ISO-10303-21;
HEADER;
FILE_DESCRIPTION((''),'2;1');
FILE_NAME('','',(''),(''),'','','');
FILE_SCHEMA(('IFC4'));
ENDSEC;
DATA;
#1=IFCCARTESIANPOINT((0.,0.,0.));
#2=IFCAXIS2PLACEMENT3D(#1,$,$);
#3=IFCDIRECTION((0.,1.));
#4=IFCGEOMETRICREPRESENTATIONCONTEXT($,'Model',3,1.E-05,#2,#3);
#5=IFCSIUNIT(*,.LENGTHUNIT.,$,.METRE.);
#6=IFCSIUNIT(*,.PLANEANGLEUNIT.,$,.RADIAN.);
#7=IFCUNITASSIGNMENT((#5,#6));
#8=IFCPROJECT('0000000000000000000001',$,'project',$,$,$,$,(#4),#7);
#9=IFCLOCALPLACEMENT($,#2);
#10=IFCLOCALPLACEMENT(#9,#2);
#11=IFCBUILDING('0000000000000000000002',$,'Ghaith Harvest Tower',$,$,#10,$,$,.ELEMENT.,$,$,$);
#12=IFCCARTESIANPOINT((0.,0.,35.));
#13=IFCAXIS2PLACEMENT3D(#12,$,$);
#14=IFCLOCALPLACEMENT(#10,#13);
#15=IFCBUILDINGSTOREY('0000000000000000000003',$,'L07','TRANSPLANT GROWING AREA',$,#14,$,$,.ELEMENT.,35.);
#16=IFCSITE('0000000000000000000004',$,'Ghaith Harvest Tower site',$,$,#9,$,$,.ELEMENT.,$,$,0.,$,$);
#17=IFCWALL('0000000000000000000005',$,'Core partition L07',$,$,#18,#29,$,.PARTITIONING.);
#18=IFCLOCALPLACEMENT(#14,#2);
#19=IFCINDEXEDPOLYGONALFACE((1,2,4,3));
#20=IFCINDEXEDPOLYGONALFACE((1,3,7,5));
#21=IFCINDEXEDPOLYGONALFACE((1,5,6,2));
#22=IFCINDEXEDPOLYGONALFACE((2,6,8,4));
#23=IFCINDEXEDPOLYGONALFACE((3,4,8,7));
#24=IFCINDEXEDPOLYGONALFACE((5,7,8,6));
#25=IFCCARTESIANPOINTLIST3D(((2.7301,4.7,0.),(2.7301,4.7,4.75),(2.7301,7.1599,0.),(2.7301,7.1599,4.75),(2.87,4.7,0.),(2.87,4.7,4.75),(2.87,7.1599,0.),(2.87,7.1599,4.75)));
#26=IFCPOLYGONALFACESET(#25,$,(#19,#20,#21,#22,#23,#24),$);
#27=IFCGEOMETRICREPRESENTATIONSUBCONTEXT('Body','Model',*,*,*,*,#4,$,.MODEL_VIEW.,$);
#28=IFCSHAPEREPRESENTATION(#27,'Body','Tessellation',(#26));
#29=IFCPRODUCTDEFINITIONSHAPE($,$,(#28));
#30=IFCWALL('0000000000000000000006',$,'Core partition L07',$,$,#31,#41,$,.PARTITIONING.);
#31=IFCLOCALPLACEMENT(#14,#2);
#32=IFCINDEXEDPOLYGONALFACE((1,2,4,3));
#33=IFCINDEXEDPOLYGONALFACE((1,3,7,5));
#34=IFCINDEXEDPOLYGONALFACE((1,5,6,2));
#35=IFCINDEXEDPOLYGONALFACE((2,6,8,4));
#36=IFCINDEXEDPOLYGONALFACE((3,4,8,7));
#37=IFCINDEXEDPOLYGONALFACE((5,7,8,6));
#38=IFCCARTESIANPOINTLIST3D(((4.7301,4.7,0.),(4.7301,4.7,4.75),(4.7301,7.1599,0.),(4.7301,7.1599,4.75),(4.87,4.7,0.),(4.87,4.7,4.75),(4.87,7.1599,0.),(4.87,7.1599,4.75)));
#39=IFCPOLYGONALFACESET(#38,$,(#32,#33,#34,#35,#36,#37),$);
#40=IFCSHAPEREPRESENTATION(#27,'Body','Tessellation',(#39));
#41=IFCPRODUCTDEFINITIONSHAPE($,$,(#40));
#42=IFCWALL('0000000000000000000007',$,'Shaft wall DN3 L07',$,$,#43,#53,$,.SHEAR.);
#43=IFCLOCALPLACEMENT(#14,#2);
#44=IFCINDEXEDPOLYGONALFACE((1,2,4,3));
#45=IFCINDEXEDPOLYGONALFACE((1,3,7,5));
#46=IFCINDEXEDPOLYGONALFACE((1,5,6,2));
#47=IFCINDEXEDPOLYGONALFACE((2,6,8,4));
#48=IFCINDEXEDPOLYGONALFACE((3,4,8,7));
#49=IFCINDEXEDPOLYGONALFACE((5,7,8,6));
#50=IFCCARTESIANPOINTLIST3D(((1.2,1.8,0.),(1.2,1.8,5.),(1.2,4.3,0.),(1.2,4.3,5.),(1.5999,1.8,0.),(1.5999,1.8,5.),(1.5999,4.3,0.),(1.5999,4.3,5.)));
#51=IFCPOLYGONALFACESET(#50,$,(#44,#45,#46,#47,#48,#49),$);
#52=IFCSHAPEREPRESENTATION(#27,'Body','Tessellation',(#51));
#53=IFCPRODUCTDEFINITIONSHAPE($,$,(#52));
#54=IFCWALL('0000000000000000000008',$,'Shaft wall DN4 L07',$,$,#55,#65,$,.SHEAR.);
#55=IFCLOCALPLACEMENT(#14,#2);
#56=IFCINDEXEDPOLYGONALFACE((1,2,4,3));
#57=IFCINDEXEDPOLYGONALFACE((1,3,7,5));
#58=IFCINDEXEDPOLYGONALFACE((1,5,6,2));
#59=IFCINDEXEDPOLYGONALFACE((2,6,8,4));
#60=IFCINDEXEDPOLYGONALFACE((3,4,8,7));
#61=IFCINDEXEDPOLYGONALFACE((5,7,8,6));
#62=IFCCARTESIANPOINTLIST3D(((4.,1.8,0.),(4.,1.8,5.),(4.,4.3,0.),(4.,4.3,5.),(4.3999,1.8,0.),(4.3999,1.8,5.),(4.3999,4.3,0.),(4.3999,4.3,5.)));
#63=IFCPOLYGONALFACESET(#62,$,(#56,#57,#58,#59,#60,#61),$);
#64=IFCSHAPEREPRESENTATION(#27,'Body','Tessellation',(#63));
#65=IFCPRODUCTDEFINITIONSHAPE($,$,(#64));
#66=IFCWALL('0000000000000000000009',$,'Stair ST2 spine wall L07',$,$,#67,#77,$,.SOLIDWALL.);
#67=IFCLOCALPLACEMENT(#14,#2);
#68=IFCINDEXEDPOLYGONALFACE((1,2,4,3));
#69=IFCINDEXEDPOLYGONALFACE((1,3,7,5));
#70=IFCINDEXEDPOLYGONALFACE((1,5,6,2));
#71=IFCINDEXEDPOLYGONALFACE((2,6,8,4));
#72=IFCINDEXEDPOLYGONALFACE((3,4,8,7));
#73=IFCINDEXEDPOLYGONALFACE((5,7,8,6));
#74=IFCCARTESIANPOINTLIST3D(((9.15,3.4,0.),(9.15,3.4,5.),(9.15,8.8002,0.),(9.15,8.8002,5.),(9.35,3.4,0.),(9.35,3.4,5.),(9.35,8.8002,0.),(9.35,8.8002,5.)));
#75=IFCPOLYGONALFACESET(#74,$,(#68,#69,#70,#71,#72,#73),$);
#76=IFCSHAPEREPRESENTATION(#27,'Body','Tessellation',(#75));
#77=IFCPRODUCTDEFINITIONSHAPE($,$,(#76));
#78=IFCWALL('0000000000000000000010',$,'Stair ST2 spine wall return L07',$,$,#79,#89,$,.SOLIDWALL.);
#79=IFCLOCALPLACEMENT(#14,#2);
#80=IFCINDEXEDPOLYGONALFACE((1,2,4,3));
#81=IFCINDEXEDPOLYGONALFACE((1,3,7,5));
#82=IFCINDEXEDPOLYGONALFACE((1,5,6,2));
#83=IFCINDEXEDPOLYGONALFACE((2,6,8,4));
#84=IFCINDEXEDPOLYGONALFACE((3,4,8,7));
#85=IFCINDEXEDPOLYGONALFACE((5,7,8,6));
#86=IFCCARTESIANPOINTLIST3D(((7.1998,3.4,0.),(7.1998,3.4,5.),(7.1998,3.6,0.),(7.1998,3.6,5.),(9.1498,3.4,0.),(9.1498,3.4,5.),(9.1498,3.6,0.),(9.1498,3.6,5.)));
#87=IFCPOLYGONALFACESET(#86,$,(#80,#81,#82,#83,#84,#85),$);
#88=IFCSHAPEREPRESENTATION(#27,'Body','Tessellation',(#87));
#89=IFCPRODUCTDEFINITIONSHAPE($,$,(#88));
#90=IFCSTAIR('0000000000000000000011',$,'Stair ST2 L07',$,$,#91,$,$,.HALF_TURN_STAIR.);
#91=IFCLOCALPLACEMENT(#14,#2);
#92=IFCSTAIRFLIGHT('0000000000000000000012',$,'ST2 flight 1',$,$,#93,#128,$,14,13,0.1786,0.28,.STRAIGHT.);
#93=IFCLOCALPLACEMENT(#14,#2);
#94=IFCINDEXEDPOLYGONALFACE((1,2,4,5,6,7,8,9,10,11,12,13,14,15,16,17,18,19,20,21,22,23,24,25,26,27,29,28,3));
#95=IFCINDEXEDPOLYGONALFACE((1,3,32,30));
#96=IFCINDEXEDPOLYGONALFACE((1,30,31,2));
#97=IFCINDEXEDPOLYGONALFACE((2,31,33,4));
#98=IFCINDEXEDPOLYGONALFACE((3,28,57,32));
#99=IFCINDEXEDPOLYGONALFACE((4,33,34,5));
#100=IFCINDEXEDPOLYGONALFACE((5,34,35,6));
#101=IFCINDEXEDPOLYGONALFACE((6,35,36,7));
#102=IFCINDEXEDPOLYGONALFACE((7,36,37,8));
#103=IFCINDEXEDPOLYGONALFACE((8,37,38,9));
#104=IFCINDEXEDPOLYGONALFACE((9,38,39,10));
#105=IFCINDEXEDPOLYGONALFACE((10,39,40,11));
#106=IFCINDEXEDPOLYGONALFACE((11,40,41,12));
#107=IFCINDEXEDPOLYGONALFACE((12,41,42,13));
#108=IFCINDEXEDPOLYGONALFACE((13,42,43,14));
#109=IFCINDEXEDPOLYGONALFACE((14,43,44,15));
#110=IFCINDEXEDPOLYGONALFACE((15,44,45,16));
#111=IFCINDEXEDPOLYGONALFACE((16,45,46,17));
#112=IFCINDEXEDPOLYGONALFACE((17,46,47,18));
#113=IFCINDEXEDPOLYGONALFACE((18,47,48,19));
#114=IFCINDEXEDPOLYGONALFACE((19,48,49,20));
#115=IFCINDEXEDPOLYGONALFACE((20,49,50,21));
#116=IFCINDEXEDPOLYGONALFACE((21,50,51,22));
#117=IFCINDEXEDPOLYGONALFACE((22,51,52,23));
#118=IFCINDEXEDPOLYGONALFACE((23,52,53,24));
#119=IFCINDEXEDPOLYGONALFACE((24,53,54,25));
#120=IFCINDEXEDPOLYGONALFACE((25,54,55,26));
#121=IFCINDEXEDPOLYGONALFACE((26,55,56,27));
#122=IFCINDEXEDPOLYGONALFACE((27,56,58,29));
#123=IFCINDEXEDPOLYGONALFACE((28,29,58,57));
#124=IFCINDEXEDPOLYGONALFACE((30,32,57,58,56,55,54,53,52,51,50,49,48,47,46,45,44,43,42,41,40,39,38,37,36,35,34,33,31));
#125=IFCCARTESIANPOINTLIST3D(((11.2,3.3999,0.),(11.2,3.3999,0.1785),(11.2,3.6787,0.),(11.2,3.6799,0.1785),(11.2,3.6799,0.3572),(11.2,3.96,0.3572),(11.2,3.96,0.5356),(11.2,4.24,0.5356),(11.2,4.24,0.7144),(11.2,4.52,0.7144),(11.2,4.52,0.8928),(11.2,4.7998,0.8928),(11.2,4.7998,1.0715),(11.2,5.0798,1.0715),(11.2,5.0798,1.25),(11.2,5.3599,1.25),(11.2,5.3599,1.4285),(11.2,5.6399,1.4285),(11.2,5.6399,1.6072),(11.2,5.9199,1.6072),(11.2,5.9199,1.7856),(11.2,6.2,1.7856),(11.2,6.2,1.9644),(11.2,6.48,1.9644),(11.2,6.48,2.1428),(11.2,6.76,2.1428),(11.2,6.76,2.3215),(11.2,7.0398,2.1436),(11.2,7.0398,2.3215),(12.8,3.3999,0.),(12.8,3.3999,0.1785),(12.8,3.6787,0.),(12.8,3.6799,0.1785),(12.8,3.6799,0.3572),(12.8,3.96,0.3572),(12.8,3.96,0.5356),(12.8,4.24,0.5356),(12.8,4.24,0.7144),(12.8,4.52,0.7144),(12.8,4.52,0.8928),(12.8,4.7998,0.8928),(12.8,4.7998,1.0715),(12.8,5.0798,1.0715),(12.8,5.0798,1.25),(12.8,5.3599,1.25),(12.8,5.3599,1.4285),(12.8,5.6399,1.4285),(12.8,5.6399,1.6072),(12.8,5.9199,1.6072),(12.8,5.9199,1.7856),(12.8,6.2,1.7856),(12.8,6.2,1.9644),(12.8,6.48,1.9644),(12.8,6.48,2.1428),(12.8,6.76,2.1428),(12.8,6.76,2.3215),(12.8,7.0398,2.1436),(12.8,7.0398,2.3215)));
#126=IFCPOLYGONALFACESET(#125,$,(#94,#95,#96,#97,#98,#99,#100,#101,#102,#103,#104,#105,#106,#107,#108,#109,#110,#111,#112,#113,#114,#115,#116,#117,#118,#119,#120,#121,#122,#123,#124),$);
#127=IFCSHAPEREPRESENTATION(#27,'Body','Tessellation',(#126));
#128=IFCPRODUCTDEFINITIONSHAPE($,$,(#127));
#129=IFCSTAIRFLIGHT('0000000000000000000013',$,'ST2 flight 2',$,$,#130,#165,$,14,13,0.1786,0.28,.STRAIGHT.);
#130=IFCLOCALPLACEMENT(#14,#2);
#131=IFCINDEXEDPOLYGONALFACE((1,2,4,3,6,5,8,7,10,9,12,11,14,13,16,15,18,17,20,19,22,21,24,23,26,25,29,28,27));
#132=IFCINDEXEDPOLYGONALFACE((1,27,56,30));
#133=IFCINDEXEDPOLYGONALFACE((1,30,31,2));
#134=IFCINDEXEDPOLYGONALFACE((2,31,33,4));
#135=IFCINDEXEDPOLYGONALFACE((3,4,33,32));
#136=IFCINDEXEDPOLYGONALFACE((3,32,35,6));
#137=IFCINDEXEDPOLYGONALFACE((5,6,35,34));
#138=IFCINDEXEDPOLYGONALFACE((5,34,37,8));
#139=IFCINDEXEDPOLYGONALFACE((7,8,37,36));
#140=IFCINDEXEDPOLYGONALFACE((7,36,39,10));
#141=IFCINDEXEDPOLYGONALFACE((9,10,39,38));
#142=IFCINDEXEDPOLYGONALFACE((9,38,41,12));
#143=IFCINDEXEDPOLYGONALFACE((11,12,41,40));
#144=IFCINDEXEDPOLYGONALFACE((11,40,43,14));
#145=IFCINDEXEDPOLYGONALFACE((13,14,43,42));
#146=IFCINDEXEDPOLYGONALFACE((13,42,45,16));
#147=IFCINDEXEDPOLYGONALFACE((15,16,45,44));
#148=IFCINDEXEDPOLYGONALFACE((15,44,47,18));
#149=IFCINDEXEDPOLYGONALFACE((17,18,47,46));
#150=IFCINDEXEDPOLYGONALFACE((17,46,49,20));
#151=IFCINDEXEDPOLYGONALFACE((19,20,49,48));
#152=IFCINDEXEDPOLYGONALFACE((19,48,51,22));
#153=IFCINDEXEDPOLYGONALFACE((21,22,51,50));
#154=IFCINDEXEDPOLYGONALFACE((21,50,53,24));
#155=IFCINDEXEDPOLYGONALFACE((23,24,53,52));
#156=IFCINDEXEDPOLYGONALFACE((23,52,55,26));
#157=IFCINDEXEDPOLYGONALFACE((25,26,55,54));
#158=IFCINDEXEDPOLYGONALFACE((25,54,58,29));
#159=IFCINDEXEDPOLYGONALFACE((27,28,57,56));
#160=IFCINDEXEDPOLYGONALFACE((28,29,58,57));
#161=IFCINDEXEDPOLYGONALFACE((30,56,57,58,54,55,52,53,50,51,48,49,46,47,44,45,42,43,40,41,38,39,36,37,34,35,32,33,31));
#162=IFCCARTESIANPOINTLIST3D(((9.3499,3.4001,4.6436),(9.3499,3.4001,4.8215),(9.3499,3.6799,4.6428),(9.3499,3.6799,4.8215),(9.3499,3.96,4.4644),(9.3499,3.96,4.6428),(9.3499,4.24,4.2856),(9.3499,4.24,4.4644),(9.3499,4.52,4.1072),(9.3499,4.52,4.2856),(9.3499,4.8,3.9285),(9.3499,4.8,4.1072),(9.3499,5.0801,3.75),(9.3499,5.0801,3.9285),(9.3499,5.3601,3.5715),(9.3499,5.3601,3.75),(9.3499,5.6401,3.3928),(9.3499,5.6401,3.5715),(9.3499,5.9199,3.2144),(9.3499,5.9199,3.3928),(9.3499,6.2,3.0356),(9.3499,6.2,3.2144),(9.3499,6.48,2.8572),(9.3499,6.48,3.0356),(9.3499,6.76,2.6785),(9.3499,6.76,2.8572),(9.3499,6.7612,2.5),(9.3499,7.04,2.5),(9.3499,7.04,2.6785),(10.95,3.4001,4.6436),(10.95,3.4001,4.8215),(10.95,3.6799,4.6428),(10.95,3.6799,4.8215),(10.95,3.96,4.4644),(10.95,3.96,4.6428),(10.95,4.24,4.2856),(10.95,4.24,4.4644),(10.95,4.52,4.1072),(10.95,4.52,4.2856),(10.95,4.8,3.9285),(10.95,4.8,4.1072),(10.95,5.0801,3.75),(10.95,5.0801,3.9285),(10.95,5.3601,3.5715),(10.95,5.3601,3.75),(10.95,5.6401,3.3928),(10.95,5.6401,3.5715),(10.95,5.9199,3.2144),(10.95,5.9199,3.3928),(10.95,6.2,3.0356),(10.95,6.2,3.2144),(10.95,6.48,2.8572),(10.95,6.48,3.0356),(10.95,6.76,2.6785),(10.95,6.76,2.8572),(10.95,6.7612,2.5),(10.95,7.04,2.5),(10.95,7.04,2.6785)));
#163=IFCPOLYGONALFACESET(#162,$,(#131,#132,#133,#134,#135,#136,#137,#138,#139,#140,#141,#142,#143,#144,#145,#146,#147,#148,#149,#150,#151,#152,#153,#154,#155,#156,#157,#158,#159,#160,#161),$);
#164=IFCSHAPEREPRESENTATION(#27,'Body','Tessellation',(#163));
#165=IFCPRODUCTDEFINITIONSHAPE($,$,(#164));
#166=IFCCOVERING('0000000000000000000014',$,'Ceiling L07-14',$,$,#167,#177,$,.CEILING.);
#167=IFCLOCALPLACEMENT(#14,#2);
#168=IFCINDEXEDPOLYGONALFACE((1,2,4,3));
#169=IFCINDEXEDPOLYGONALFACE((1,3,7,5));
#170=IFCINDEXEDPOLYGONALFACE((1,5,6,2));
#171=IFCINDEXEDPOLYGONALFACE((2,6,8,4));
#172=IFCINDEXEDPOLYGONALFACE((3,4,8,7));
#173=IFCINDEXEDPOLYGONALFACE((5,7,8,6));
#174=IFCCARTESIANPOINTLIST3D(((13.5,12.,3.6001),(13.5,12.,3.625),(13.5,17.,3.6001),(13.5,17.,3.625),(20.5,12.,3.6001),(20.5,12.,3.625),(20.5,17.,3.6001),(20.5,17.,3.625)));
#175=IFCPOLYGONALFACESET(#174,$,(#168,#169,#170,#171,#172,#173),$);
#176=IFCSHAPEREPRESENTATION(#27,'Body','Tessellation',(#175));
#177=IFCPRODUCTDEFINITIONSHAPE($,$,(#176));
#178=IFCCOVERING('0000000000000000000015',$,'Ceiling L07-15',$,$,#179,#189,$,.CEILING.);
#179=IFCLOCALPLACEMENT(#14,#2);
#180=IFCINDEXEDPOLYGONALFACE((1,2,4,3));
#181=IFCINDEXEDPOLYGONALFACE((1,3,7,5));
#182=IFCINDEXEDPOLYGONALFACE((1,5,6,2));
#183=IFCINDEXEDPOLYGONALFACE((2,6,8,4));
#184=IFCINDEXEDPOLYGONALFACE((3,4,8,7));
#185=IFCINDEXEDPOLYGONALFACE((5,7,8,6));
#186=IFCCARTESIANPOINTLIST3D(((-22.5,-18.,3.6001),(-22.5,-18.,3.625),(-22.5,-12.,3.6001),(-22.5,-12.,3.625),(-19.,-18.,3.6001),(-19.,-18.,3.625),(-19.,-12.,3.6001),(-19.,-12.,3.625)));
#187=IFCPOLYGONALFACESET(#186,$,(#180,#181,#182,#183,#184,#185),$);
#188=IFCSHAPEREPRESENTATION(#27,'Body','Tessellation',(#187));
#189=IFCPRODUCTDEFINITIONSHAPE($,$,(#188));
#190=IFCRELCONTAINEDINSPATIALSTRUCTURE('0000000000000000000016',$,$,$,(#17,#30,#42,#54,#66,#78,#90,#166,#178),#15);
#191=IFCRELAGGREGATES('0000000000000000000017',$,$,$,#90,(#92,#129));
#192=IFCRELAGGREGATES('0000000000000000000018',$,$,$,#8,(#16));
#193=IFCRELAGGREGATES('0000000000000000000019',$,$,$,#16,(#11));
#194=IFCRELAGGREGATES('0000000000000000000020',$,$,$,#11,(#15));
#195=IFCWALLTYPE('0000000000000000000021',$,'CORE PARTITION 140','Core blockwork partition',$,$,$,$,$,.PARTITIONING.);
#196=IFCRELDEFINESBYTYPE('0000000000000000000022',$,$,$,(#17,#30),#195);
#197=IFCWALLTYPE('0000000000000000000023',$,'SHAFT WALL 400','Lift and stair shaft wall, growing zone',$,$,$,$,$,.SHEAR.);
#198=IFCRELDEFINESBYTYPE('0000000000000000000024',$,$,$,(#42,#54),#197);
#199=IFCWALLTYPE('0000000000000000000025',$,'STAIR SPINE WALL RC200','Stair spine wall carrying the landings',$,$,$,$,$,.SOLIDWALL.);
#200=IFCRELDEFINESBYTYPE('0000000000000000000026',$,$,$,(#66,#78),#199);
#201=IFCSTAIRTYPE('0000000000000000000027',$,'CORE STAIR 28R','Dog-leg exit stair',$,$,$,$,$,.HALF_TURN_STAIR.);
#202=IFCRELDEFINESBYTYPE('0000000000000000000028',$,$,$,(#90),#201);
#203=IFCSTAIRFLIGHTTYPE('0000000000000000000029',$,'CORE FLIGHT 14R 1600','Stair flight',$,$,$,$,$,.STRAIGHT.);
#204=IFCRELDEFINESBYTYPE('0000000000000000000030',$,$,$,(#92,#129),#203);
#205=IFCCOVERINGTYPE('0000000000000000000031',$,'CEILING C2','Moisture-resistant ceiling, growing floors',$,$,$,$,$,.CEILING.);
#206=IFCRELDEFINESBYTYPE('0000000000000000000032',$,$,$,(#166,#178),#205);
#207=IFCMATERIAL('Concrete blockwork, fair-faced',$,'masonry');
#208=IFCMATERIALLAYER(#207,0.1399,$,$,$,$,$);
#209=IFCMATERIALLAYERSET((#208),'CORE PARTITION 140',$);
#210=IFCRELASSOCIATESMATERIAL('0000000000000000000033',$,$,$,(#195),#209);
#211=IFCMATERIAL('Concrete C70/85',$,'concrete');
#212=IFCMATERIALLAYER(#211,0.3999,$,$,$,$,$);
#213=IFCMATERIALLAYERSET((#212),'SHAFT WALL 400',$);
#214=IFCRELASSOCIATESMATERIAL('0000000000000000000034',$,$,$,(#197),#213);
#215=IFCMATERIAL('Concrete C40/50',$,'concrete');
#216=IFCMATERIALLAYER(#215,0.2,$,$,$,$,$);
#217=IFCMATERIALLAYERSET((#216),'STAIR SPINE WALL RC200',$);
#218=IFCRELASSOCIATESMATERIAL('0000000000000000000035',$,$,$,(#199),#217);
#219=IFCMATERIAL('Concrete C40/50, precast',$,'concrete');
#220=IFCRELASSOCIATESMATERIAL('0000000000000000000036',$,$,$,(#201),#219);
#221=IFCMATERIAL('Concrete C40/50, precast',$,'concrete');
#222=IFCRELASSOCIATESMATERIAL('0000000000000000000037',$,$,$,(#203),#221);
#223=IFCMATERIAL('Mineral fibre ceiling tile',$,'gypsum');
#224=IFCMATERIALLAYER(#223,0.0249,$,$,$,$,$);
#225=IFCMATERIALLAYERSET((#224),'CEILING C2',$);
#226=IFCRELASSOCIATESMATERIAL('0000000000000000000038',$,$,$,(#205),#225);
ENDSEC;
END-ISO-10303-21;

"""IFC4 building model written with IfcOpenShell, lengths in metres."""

from ifc_helpers import new_model, si_unit, direction, frame, frame_2d, origin, place, context, subcontext, project, spatial, polyline, rectangle, outline, extrude, material, layer, layer_set, type_object, element, aggregate, save


model = new_model("IFC4")

# Units and contexts
model_context = context("Model", 3, precision=1e-05, world=origin(), true_north=direction((0.0, 1.0)))
body_context = subcontext(model_context, "Body", "Model", "MODEL_VIEW")
ifc_project = project(units=[si_unit("LENGTHUNIT", "METRE"), si_unit("PLANEANGLEUNIT", "RADIAN")], contexts=[model_context])

# Site, building, storey
site_placement = place(None, origin())
site = spatial("IfcSite", under=ifc_project, at=site_placement, Name="Ghaith Harvest Tower site", CompositionType="ELEMENT", RefElevation=0.0)
building_placement = place(site_placement, origin())
building = spatial("IfcBuilding", under=site, at=building_placement, Name="Ghaith Harvest Tower", CompositionType="ELEMENT")
storey_placement = place(building_placement, frame((0.0, 0.0, 35.0)))
storey = spatial("IfcBuildingStorey", under=building, at=storey_placement, Name="L07", Description="TRANSPLANT GROWING AREA", CompositionType="ELEMENT", Elevation=35.0)

# Walls
ifc_material_1 = material(Name="Concrete blockwork, fair-faced", Category="masonry")
ifc_layer_1 = layer(ifc_material_1, 0.1399)
ifc_layer_set_1 = layer_set([ifc_layer_1], Name="CORE PARTITION 140")
wall_type_1 = type_object("IfcWallType", Name="CORE PARTITION 140", Description="Core blockwork partition", PredefinedType="PARTITIONING", material=ifc_layer_set_1)
for number, where, z_axis, x_axis, name in (
    (1, (2.8, 4.7, 0.0), (0.0, 0.0, 1.0), (0.0, 1.0, 0.0), "Core partition L07"),
    (2, (4.8, 4.7, 0.0), (0.0, 0.0, 1.0), (0.0, 1.0, 0.0), "Core partition L07"),
):
    element("IfcWall", number, at=place(storey_placement, frame(where, z_axis=z_axis, x_axis=x_axis)), inside=storey, type_object=wall_type_1, Name=name, PredefinedType="PARTITIONING", context=body_context, shape_type="SweptSolid", body=[
        extrude(rectangle(XDim=2.46, YDim=0.1399, at=frame_2d((1.23, 0.0))), origin(), (0.0, 0.0, 1.0), 4.75),
    ])

# Shared definitions
ifc_material_2 = material(Name="Concrete C70/85", Category="concrete")
ifc_layer_2 = layer(ifc_material_2, 0.3999)
ifc_layer_set_2 = layer_set([ifc_layer_2], Name="SHAFT WALL 400")
wall_type_2 = type_object("IfcWallType", Name="SHAFT WALL 400", Description="Lift and stair shaft wall, growing zone", PredefinedType="SHEAR", material=ifc_layer_set_2)

# Walls
for number, where, z_axis, x_axis, name in (
    (3, (1.3999, 1.8, 0.0), (0.0, 0.0, 1.0), (0.0, 1.0, 0.0), "Shaft wall DN3 L07"),
    (4, (4.2, 1.8, 0.0), (0.0, 0.0, 1.0), (0.0, 1.0, 0.0), "Shaft wall DN4 L07"),
):
    element("IfcWall", number, at=place(storey_placement, frame(where, z_axis=z_axis, x_axis=x_axis)), inside=storey, type_object=wall_type_2, Name=name, PredefinedType="SHEAR", context=body_context, shape_type="SweptSolid", body=[
        extrude(rectangle(XDim=2.5, YDim=0.3999, at=frame_2d((1.25, 0.0))), origin(), (0.0, 0.0, 1.0), 5.0),
    ])
ifc_material_3 = material(Name="Concrete C40/50", Category="concrete")
ifc_layer_3 = layer(ifc_material_3, 0.2)
ifc_layer_set_3 = layer_set([ifc_layer_3], Name="STAIR SPINE WALL RC200")
wall_type_3 = type_object("IfcWallType", Name="STAIR SPINE WALL RC200", Description="Stair spine wall carrying the landings", PredefinedType="SOLIDWALL", material=ifc_layer_set_3)
wall_1_placement = place(storey_placement, frame((9.25, 3.3999, 0.0), z_axis=(0.0, 0.0, 1.0), x_axis=(0.0, 1.0, 0.0)))
element("IfcWall", 5, at=wall_1_placement, inside=storey, type_object=wall_type_3, Name="Stair ST2 spine wall L07", PredefinedType="SOLIDWALL", context=body_context, shape_type="SweptSolid", body=[
    extrude(rectangle(XDim=5.4001, YDim=0.2, at=frame_2d((2.7002, 0.0))), origin(), (0.0, 0.0, 1.0), 5.0),
])
wall_2_placement = place(storey_placement, frame((9.1499, 3.5, 0.0), z_axis=(0.0, 0.0, 1.0), x_axis=(-1.0, 0.0, 0.0)))
element("IfcWall", 6, at=wall_2_placement, inside=storey, type_object=wall_type_3, Name="Stair ST2 spine wall return L07", PredefinedType="SOLIDWALL", context=body_context, shape_type="SweptSolid", body=[
    extrude(rectangle(XDim=1.95, YDim=0.2, at=frame_2d((0.9751, 0.0))), origin(), (0.0, 0.0, 1.0), 5.0),
])

# Stair, stair flights
ifc_material_4 = material(Name="Concrete C40/50, precast", Category="concrete")
stair_type = type_object("IfcStairType", Name="CORE STAIR 28R", Description="Dog-leg exit stair", PredefinedType="HALF_TURN_STAIR", material=ifc_material_4)
stair_placement = place(storey_placement, origin())
stair = element("IfcStair", 7, at=stair_placement, inside=storey, type_object=stair_type, Name="Stair ST2 L07", PredefinedType="HALF_TURN_STAIR")
ifc_material_5 = material(Name="Concrete C40/50, precast", Category="concrete")
stair_flight_type = type_object("IfcStairFlightType", Name="CORE FLIGHT 14R 1600", Description="Stair flight", PredefinedType="STRAIGHT", material=ifc_material_5)
stair_flight_1_placement = place(storey_placement, frame((12.0, 3.3999, 0.0), z_axis=(0.0, 0.0, 1.0), x_axis=(0.0, 1.0, 0.0)))
stair_flight_1 = element("IfcStairFlight", 8, at=stair_flight_1_placement, type_object=stair_flight_type, Name="ST2 flight 1", NumberOfRisers=14, NumberOfTreads=13, PredefinedType="STRAIGHT", RiserHeight=0.1786, TreadLength=0.28, context=body_context, shape_type="SweptSolid", body=[
    extrude(outline(polyline([(0.0, 0.0), (0.0, 0.1785), (0.28, 0.1785), (0.28, 0.3572), (0.5601, 0.3572), (0.5601, 0.5356), (0.8401, 0.5356), (0.8401, 0.7144), (1.1201, 0.7144), (1.1201, 0.8928), (1.3999, 0.8928), (1.3999, 1.0715), (1.6799, 1.0715), (1.6799, 1.25), (1.96, 1.25), (1.96, 1.4285), (2.24, 1.4285), (2.24, 1.6072), (2.52, 1.6072), (2.52, 1.7856), (2.8, 1.7856), (2.8, 1.9644), (3.0801, 1.9644), (3.0801, 2.1428), (3.3601, 2.1428), (3.3601, 2.3215), (3.6399, 2.3215), (3.6399, 2.5), (3.6399, 2.1436), (0.2788, 0.0), (0.0, 0.0)])), frame((0.0, 0.8, 0.0), z_axis=(0.0, -1.0, 0.0), x_axis=(1.0, 0.0, 0.0)), (0.0, 0.0, 1.0), 1.6001),
])
stair_flight_2_placement = place(storey_placement, frame((10.1499, 7.04, 2.5), z_axis=(0.0, 0.0, 1.0), x_axis=(0.0, -1.0, 0.0)))
stair_flight_2 = element("IfcStairFlight", 9, at=stair_flight_2_placement, type_object=stair_flight_type, Name="ST2 flight 2", NumberOfRisers=14, NumberOfTreads=13, PredefinedType="STRAIGHT", RiserHeight=0.1786, TreadLength=0.28, context=body_context, shape_type="SweptSolid", body=[
    extrude(outline(polyline([(0.0, 0.0), (0.0, 0.1785), (0.28, 0.1785), (0.28, 0.3572), (0.5601, 0.3572), (0.5601, 0.5356), (0.8401, 0.5356), (0.8401, 0.7144), (1.1201, 0.7144), (1.1201, 0.8928), (1.3999, 0.8928), (1.3999, 1.0715), (1.6799, 1.0715), (1.6799, 1.25), (1.96, 1.25), (1.96, 1.4285), (2.24, 1.4285), (2.24, 1.6072), (2.52, 1.6072), (2.52, 1.7856), (2.8, 1.7856), (2.8, 1.9644), (3.0801, 1.9644), (3.0801, 2.1428), (3.3601, 2.1428), (3.3601, 2.3215), (3.6399, 2.3215), (3.6399, 2.5), (3.6399, 2.1436), (0.2788, 0.0), (0.0, 0.0)])), frame((0.0, 0.8, 0.0), z_axis=(0.0, -1.0, 0.0), x_axis=(1.0, 0.0, 0.0)), (0.0, 0.0, 1.0), 1.6001),
])
aggregate(stair, [stair_flight_1, stair_flight_2])

# Coverings
ifc_material_6 = material(Name="Mineral fibre ceiling tile", Category="gypsum")
ifc_layer_4 = layer(ifc_material_6, 0.0249)
ifc_layer_set_4 = layer_set([ifc_layer_4], Name="CEILING C2")
covering_type = type_object("IfcCoveringType", Name="CEILING C2", Description="Moisture-resistant ceiling, growing floors", PredefinedType="CEILING", material=ifc_layer_set_4)
covering_1_placement = place(storey_placement, frame((0.0, 0.0, 3.6001)))
element("IfcCovering", 10, at=covering_1_placement, inside=storey, type_object=covering_type, Name="Ceiling L07-14", PredefinedType="CEILING", context=body_context, shape_type="SweptSolid", body=[
    extrude(outline(polyline([(13.5, 12.0), (20.5, 12.0), (20.5, 17.0), (13.5, 17.0), (13.5, 12.0)])), origin(), (0.0, 0.0, 1.0), 0.0249),
])
covering_2_placement = place(storey_placement, frame((0.0, 0.0, 3.6001)))
element("IfcCovering", 11, at=covering_2_placement, inside=storey, type_object=covering_type, Name="Ceiling L07-15", PredefinedType="CEILING", context=body_context, shape_type="SweptSolid", body=[
    extrude(outline(polyline([(-22.5, -18.0), (-19.0, -18.0), (-19.0, -12.0), (-22.5, -12.0), (-22.5, -18.0)])), origin(), (0.0, 0.0, 1.0), 0.0249),
])

save(model, "model.ifc")
